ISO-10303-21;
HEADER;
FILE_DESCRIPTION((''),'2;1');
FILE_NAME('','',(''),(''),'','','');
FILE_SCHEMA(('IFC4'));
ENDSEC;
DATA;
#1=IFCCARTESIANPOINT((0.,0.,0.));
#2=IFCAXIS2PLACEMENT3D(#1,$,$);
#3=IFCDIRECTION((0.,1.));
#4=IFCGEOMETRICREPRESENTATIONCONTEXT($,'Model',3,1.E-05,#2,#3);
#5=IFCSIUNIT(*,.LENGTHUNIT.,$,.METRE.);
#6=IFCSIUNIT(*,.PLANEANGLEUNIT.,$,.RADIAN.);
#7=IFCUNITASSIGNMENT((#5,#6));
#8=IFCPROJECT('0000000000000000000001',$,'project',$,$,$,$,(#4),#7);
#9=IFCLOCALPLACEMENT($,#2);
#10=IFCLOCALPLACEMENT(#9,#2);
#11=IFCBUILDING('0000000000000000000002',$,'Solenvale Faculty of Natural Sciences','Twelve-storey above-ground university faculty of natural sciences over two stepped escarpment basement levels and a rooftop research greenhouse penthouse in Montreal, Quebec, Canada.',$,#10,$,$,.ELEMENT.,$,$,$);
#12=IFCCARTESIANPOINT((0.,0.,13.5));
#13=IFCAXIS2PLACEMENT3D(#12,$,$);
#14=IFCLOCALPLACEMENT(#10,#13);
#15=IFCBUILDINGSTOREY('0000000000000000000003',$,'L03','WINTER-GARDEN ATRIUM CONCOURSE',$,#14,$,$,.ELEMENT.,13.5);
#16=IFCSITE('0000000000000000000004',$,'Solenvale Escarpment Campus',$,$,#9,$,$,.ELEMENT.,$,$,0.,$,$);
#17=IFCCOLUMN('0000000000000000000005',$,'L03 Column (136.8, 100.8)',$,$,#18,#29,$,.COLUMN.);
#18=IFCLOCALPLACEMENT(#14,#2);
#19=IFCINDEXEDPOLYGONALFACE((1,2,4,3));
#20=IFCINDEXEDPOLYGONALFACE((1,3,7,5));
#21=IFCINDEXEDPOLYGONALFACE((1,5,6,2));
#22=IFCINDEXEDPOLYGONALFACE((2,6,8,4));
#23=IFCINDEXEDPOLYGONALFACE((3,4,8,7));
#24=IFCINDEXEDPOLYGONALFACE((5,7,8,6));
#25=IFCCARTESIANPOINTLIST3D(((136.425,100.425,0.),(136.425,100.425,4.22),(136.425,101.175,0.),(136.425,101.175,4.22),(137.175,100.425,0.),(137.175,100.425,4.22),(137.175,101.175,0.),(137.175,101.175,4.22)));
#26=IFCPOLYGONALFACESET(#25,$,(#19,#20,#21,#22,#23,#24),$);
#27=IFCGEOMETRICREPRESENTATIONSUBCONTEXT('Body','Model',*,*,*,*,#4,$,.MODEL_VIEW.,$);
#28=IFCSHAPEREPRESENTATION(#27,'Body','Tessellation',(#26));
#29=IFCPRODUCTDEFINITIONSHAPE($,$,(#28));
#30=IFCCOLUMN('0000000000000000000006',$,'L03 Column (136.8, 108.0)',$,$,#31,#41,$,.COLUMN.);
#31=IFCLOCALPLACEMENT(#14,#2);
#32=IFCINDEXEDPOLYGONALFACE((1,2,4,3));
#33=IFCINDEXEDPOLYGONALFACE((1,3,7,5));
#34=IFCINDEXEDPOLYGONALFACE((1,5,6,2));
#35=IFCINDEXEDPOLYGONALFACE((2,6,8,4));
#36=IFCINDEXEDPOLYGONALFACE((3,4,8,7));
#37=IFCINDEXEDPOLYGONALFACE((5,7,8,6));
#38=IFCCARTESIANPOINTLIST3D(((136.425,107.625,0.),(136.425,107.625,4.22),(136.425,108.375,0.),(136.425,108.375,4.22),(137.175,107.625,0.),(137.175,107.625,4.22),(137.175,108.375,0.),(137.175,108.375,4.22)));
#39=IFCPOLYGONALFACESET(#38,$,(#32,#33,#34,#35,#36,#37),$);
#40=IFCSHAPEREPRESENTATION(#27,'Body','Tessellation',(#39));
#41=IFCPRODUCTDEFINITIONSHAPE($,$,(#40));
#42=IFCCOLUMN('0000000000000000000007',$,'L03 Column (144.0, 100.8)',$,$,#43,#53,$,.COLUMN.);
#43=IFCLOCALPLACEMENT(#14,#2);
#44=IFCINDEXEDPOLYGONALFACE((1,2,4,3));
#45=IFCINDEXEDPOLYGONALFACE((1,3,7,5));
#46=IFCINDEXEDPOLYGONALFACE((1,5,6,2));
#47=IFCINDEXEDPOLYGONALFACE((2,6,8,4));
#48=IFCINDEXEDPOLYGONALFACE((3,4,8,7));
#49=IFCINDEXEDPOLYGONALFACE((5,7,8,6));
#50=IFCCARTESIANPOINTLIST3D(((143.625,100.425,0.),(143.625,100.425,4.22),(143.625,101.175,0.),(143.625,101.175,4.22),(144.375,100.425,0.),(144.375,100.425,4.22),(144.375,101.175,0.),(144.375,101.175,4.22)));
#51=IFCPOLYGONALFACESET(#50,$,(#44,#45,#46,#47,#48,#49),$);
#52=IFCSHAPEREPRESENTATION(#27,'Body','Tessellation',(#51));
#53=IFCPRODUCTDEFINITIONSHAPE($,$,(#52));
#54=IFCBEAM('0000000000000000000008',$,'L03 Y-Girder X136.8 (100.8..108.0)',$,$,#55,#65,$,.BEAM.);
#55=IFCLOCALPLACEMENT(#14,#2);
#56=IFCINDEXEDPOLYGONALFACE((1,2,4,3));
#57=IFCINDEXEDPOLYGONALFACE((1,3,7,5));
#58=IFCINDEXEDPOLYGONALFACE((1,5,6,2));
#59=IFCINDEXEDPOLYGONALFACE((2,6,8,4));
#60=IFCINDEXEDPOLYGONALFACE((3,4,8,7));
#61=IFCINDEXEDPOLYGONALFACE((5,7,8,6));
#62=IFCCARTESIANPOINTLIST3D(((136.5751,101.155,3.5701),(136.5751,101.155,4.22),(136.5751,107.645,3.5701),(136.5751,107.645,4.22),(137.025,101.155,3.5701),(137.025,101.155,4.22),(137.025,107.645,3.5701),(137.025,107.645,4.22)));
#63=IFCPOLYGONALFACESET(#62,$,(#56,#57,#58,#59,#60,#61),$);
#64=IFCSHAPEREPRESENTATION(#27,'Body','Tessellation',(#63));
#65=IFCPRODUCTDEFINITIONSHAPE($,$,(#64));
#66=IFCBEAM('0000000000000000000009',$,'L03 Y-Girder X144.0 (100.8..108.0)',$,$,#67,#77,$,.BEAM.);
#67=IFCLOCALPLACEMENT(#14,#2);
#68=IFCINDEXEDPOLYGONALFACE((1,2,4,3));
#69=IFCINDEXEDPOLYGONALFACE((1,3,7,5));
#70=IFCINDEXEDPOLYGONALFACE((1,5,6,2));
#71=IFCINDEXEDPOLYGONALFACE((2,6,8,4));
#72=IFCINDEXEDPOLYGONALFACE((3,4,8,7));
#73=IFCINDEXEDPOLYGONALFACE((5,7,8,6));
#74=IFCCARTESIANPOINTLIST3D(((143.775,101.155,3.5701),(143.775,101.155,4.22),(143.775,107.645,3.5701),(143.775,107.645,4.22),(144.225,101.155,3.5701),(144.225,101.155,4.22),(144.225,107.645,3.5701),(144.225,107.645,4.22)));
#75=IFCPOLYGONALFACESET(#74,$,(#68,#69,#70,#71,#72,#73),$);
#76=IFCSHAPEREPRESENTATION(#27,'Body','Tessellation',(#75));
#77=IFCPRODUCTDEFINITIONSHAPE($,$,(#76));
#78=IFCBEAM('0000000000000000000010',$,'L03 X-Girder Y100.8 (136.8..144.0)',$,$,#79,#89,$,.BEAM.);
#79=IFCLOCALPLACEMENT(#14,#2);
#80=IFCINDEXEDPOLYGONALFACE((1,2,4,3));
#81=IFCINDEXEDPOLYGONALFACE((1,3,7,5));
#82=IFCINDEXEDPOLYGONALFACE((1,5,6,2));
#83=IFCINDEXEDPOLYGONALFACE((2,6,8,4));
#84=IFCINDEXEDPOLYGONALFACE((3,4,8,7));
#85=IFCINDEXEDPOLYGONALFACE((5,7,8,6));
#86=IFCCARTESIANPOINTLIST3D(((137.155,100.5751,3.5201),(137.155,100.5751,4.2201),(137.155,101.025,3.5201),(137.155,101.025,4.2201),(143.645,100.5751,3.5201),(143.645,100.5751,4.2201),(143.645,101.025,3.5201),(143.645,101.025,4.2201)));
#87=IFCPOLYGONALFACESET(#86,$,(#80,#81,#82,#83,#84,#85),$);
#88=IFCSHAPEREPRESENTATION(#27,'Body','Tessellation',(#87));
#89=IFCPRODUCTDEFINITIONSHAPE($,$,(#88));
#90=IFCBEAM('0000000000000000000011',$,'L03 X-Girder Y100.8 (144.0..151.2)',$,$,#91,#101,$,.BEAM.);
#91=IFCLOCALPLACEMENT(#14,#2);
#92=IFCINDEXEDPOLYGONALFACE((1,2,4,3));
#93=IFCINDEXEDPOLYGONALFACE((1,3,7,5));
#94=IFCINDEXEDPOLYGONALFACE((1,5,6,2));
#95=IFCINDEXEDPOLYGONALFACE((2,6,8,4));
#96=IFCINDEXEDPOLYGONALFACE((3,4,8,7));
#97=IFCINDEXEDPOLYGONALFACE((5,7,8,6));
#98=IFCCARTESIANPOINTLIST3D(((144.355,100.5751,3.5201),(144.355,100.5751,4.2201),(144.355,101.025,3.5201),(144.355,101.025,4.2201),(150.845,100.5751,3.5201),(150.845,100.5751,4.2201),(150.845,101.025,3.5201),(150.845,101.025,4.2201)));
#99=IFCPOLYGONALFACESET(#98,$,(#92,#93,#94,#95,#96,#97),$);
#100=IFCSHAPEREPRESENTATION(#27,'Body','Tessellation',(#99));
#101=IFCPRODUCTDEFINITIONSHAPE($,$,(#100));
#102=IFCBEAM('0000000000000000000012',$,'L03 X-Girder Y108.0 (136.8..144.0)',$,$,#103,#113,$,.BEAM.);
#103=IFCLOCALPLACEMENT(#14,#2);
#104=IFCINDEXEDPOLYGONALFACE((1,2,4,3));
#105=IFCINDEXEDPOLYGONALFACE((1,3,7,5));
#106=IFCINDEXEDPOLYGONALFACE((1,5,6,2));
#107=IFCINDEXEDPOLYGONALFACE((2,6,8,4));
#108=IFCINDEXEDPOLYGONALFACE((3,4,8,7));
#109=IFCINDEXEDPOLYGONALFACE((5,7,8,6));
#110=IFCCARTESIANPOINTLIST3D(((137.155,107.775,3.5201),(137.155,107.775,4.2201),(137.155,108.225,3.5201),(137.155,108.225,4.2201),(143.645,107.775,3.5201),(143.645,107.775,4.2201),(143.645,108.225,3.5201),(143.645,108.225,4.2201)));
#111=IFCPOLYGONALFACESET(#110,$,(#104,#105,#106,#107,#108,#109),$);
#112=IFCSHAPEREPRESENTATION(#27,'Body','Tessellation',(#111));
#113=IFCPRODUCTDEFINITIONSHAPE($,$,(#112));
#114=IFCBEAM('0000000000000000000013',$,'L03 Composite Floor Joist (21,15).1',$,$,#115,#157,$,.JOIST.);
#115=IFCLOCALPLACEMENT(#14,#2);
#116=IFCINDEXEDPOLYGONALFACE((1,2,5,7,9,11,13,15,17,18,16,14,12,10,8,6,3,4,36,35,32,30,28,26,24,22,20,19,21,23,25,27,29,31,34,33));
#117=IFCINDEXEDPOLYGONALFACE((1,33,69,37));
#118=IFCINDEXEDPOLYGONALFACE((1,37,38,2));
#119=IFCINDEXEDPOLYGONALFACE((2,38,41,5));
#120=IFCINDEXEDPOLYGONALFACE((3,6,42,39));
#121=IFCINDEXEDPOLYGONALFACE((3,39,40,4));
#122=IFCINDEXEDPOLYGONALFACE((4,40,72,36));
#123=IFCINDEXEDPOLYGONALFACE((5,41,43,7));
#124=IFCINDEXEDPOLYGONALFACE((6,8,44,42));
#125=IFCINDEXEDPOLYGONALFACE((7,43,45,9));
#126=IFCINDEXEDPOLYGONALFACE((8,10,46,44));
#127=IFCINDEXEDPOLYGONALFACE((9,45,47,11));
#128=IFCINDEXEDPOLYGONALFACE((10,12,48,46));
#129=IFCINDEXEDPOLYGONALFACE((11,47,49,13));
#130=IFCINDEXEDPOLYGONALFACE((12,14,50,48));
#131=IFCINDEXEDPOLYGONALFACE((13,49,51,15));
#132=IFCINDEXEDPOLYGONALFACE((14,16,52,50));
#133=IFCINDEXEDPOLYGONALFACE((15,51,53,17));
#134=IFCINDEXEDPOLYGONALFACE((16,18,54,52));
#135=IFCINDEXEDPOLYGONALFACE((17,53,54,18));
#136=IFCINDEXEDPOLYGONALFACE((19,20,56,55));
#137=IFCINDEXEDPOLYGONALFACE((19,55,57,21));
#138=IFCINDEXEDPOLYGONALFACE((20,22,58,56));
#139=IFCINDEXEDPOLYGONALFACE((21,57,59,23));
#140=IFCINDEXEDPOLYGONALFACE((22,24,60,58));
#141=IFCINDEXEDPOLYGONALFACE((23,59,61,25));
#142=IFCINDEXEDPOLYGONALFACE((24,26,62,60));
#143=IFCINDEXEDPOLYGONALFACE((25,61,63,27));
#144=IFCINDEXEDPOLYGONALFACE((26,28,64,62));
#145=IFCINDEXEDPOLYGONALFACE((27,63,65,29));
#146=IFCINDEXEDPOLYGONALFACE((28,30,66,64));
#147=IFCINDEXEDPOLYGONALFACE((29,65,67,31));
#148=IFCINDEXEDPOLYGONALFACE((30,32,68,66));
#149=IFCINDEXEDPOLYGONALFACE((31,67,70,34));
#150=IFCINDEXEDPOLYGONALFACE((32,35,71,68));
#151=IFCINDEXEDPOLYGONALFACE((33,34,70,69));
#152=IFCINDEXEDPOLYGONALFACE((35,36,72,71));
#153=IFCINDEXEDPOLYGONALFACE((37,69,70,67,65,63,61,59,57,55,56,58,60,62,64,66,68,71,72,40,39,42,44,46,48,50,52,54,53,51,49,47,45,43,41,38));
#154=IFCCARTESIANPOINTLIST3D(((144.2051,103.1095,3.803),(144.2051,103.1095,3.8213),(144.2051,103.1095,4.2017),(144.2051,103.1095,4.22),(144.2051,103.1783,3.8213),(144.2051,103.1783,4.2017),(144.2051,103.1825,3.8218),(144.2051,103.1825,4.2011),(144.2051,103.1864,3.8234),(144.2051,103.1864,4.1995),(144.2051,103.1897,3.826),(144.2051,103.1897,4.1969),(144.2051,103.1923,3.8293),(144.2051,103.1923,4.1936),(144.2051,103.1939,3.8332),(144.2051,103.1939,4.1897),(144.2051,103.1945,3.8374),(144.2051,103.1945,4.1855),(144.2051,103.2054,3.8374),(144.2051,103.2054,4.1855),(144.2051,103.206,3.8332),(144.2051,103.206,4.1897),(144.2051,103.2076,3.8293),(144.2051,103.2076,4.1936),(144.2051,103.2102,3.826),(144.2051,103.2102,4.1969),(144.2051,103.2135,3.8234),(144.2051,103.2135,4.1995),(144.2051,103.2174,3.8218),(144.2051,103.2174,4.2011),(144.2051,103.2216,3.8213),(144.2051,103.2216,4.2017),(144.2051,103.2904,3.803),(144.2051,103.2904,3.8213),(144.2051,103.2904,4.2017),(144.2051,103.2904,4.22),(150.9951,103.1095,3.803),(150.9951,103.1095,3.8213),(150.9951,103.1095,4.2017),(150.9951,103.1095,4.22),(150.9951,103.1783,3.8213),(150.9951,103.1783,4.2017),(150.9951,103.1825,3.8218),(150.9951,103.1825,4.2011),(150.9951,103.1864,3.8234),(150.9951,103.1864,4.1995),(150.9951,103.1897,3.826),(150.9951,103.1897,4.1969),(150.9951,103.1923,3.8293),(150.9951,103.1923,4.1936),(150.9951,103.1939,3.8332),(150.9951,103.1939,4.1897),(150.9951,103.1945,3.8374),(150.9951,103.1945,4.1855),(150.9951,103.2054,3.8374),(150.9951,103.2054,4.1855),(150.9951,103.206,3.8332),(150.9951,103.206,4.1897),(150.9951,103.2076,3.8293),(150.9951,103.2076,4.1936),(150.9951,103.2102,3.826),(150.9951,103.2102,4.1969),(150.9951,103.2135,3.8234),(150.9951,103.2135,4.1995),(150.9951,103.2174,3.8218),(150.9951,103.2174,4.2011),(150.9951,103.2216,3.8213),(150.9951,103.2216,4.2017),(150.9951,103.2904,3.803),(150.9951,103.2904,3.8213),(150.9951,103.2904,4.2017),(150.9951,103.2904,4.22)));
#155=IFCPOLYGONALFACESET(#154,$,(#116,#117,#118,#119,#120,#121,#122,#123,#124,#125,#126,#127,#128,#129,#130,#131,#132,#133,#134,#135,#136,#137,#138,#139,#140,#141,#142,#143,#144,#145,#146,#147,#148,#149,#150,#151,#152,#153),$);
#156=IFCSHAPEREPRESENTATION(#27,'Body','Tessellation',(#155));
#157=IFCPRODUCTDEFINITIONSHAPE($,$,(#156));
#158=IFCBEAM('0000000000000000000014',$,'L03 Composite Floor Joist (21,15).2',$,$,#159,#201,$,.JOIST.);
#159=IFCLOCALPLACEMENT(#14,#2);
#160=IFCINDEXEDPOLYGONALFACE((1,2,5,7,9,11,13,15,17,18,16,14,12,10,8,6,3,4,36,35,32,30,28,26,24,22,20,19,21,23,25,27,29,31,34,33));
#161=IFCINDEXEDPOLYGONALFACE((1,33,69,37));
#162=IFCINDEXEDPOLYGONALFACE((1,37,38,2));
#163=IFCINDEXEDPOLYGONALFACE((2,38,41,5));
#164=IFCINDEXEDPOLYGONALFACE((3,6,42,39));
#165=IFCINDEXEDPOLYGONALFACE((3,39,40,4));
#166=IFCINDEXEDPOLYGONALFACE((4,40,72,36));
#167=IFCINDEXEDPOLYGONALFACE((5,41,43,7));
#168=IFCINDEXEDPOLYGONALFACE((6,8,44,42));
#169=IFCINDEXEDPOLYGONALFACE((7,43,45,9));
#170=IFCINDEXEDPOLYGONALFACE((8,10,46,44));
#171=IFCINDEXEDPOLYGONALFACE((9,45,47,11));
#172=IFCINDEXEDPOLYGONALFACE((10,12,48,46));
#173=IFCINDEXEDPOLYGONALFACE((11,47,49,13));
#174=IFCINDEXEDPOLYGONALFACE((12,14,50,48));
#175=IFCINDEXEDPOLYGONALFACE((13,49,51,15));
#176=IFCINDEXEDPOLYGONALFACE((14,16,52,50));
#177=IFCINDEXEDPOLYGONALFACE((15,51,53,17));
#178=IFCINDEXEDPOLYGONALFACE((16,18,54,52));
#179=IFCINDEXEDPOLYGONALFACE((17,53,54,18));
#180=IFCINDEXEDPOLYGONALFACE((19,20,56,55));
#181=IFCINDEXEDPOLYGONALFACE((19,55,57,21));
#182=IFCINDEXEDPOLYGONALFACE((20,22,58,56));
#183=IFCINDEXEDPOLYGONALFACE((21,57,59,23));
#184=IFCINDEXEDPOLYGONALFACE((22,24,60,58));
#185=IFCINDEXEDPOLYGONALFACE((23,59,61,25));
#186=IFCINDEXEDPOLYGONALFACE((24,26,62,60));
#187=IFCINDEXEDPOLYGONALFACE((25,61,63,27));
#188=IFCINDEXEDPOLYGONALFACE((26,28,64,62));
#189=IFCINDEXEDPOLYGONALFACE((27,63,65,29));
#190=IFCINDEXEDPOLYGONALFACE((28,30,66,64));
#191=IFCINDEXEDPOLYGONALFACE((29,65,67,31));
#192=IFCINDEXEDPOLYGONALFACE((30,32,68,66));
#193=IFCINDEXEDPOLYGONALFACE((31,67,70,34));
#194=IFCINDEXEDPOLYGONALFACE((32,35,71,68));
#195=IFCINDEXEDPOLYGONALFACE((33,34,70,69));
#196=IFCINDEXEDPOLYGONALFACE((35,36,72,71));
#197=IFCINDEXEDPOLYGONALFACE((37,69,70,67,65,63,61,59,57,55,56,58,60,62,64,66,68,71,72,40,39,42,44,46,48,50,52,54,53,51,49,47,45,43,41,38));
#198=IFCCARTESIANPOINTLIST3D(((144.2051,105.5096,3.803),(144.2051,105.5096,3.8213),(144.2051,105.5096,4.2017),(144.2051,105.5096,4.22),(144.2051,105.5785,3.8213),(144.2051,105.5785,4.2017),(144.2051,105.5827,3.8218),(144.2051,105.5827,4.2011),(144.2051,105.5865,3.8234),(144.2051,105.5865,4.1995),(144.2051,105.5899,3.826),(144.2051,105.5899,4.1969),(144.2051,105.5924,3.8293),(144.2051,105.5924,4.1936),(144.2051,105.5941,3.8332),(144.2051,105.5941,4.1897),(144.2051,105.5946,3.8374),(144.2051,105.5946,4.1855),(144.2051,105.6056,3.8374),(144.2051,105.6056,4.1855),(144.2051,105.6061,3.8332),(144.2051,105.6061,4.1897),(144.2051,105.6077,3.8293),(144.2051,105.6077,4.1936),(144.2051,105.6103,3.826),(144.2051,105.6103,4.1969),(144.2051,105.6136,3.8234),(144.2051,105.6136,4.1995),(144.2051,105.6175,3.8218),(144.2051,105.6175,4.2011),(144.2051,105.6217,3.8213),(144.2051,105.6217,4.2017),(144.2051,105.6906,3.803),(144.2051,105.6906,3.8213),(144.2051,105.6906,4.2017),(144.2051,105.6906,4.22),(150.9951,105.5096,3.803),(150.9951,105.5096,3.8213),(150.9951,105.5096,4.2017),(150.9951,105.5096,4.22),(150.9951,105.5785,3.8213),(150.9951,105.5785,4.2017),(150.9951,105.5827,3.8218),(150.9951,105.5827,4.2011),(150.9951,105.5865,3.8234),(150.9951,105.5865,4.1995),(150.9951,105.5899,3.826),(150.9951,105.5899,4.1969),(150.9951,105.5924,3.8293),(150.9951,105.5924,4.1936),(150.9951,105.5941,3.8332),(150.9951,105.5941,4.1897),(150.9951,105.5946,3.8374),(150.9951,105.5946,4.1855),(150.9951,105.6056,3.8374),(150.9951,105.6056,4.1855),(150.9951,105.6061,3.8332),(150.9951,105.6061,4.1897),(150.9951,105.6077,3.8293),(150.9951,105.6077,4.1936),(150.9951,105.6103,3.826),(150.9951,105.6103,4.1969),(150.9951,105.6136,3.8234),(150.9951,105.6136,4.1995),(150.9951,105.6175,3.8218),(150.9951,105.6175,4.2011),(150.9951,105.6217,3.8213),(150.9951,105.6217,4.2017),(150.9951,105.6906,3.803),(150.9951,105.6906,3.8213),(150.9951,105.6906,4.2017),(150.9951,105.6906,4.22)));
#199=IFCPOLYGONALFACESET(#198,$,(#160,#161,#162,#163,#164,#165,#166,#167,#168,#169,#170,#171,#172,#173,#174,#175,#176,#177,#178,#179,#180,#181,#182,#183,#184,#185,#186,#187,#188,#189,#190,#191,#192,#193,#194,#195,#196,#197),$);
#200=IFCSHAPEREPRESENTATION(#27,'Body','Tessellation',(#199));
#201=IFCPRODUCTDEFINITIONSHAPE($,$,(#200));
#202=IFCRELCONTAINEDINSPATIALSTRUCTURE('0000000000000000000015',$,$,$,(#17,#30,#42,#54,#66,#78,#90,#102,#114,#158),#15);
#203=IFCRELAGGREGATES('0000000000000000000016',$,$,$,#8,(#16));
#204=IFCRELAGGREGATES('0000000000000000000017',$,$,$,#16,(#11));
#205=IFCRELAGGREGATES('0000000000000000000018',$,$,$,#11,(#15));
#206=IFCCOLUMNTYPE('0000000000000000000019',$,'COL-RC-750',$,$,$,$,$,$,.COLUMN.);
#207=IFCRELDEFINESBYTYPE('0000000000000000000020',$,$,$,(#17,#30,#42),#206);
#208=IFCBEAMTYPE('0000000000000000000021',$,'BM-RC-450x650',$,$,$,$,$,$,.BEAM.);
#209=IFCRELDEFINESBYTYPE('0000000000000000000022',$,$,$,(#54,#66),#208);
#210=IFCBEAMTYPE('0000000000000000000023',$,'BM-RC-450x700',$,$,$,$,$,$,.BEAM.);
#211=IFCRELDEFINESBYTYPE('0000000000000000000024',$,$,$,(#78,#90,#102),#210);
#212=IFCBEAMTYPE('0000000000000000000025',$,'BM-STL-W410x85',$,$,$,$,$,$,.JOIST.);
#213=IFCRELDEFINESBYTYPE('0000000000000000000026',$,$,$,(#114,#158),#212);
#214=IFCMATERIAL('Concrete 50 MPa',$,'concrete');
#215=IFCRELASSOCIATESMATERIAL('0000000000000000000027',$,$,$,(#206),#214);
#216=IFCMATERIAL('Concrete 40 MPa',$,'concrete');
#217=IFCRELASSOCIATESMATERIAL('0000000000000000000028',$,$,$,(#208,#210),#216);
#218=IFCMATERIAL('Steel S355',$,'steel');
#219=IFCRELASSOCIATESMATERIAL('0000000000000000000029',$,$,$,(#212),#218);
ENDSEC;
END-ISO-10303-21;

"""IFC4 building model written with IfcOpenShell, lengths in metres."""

from ifc_helpers import new_model, si_unit, direction, frame, origin, origin_2d, place, context, subcontext, project, spatial, rectangle, i_section, extrude, material, material_profile, profile_set, type_object, element, save


model = new_model("IFC4")

# Units and contexts
model_context = context("Model", 3, precision=1e-05, world=origin(), true_north=direction((0.0, 1.0)))
body_context = subcontext(model_context, "Body", "Model", "MODEL_VIEW")
ifc_project = project(units=[si_unit("LENGTHUNIT", "METRE"), si_unit("PLANEANGLEUNIT", "RADIAN")], contexts=[model_context])

# Site, building, storey
site_placement = place(None, origin())
site = spatial("IfcSite", under=ifc_project, at=site_placement, Name="Solenvale Escarpment Campus", CompositionType="ELEMENT", RefElevation=0.0)
building_placement = place(site_placement, origin())
building = spatial("IfcBuilding", under=site, at=building_placement, Name="Solenvale Faculty of Natural Sciences", Description="Twelve-storey above-ground university faculty of natural sciences over two stepped escarpment basement levels and a rooftop research greenhouse penthouse in Montreal, Quebec, Canada.", CompositionType="ELEMENT")
storey_placement = place(building_placement, frame((0.0, 0.0, 13.5)))
storey = spatial("IfcBuildingStorey", under=building, at=storey_placement, Name="L03", Description="WINTER-GARDEN ATRIUM CONCOURSE", CompositionType="ELEMENT", Elevation=13.5)

# Columns
ifc_material_1 = material(Name="Concrete 50 MPa", Category="concrete")
ifc_material_profile_1 = material_profile(ifc_material_1, rectangle(XDim=0.75, YDim=0.75, at=origin_2d()), Name="RC-COL-750x750")
ifc_profile_set_1 = profile_set([ifc_material_profile_1], Name="Concrete 50 MPa")
column_type = type_object("IfcColumnType", Name="COL-RC-750", PredefinedType="COLUMN", material=ifc_profile_set_1)
for number, where, z_axis, x_axis, name in (
    (1, (136.8, 100.8, 0.0), (0.0, 0.0, 1.0), (1.0, 0.0, 0.0), "L03 Column (136.8, 100.8)"),
    (2, (136.8, 108.0, 0.0), (0.0, 0.0, 1.0), (1.0, 0.0, 0.0), "L03 Column (136.8, 108.0)"),
    (3, (144.0, 100.8, 0.0), (0.0, 0.0, 1.0), (1.0, 0.0, 0.0), "L03 Column (144.0, 100.8)"),
):
    element("IfcColumn", number, at=place(storey_placement, frame(where, z_axis=z_axis, x_axis=x_axis)), inside=storey, type_object=column_type, Name=name, PredefinedType="COLUMN", context=body_context, shape_type="SweptSolid", body=[
        extrude(rectangle(XDim=0.75, YDim=0.75, at=origin_2d()), origin(), (0.0, 0.0, 1.0), 4.22),
    ])

# Beams
ifc_material_2 = material(Name="Concrete 40 MPa", Category="concrete")
ifc_material_profile_2 = material_profile(ifc_material_2, rectangle(XDim=0.45, YDim=0.6499, at=origin_2d()), Name="RC-BM-450x650")
ifc_profile_set_2 = profile_set([ifc_material_profile_2], Name="Concrete 40 MPa")
beam_type_1 = type_object("IfcBeamType", Name="BM-RC-450x650", PredefinedType="BEAM", material=ifc_profile_set_2)
for number, where, z_axis, x_axis, name in (
    (4, (136.8, 101.155, 3.895), (0.0, 1.0, 0.0), (-1.0, 0.0, 0.0), "L03 Y-Girder X136.8 (100.8..108.0)"),
    (5, (144.0, 101.155, 3.895), (0.0, 1.0, 0.0), (-1.0, 0.0, 0.0), "L03 Y-Girder X144.0 (100.8..108.0)"),
):
    element("IfcBeam", number, at=place(storey_placement, frame(where, z_axis=z_axis, x_axis=x_axis)), inside=storey, type_object=beam_type_1, Name=name, PredefinedType="BEAM", context=body_context, shape_type="SweptSolid", body=[
        extrude(rectangle(XDim=0.45, YDim=0.6499, at=origin_2d()), origin(), (0.0, 0.0, 1.0), 6.49),
    ])
ifc_material_profile_3 = material_profile(ifc_material_2, rectangle(XDim=0.45, YDim=0.7, at=origin_2d()), Name="RC-BM-450x700")
ifc_profile_set_3 = profile_set([ifc_material_profile_3], Name="Concrete 40 MPa")
beam_type_2 = type_object("IfcBeamType", Name="BM-RC-450x700", PredefinedType="BEAM", material=ifc_profile_set_3)
for number, where, z_axis, x_axis, name in (
    (6, (137.155, 100.8, 3.8701), (1.0, 0.0, 0.0), (0.0, 1.0, 0.0), "L03 X-Girder Y100.8 (136.8..144.0)"),
    (7, (144.355, 100.8, 3.8701), (1.0, 0.0, 0.0), (0.0, 1.0, 0.0), "L03 X-Girder Y100.8 (144.0..151.2)"),
    (8, (137.155, 108.0, 3.8701), (1.0, 0.0, 0.0), (0.0, 1.0, 0.0), "L03 X-Girder Y108.0 (136.8..144.0)"),
):
    element("IfcBeam", number, at=place(storey_placement, frame(where, z_axis=z_axis, x_axis=x_axis)), inside=storey, type_object=beam_type_2, Name=name, PredefinedType="BEAM", context=body_context, shape_type="SweptSolid", body=[
        extrude(rectangle(XDim=0.45, YDim=0.7, at=origin_2d()), origin(), (0.0, 0.0, 1.0), 6.49),
    ])
ifc_material_3 = material(Name="Steel S355", Category="steel")
ifc_material_profile_4 = material_profile(ifc_material_3, i_section(OverallWidth=0.1809, OverallDepth=0.417, WebThickness=0.011, FlangeThickness=0.0183, FilletRadius=0.0161, at=origin_2d()), Name="W410x85")
ifc_profile_set_4 = profile_set([ifc_material_profile_4], Name="Steel S355")
beam_type_3 = type_object("IfcBeamType", Name="BM-STL-W410x85", PredefinedType="JOIST", material=ifc_profile_set_4)
for number, where, z_axis, x_axis, name in (
    (9, (144.2051, 103.2, 4.0115), (1.0, 0.0, 0.0), (0.0, 1.0, 0.0), "L03 Composite Floor Joist (21,15).1"),
    (10, (144.2051, 105.6001, 4.0115), (1.0, 0.0, 0.0), (0.0, 1.0, 0.0), "L03 Composite Floor Joist (21,15).2"),
):
    element("IfcBeam", number, at=place(storey_placement, frame(where, z_axis=z_axis, x_axis=x_axis)), inside=storey, type_object=beam_type_3, Name=name, PredefinedType="JOIST", context=body_context, shape_type="SweptSolid", body=[
        extrude(i_section(OverallWidth=0.1809, OverallDepth=0.417, WebThickness=0.011, FlangeThickness=0.0183, FilletRadius=0.0161, at=origin_2d()), origin(), (0.0, 0.0, 1.0), 6.79),
    ])

save(model, "model.ifc")
